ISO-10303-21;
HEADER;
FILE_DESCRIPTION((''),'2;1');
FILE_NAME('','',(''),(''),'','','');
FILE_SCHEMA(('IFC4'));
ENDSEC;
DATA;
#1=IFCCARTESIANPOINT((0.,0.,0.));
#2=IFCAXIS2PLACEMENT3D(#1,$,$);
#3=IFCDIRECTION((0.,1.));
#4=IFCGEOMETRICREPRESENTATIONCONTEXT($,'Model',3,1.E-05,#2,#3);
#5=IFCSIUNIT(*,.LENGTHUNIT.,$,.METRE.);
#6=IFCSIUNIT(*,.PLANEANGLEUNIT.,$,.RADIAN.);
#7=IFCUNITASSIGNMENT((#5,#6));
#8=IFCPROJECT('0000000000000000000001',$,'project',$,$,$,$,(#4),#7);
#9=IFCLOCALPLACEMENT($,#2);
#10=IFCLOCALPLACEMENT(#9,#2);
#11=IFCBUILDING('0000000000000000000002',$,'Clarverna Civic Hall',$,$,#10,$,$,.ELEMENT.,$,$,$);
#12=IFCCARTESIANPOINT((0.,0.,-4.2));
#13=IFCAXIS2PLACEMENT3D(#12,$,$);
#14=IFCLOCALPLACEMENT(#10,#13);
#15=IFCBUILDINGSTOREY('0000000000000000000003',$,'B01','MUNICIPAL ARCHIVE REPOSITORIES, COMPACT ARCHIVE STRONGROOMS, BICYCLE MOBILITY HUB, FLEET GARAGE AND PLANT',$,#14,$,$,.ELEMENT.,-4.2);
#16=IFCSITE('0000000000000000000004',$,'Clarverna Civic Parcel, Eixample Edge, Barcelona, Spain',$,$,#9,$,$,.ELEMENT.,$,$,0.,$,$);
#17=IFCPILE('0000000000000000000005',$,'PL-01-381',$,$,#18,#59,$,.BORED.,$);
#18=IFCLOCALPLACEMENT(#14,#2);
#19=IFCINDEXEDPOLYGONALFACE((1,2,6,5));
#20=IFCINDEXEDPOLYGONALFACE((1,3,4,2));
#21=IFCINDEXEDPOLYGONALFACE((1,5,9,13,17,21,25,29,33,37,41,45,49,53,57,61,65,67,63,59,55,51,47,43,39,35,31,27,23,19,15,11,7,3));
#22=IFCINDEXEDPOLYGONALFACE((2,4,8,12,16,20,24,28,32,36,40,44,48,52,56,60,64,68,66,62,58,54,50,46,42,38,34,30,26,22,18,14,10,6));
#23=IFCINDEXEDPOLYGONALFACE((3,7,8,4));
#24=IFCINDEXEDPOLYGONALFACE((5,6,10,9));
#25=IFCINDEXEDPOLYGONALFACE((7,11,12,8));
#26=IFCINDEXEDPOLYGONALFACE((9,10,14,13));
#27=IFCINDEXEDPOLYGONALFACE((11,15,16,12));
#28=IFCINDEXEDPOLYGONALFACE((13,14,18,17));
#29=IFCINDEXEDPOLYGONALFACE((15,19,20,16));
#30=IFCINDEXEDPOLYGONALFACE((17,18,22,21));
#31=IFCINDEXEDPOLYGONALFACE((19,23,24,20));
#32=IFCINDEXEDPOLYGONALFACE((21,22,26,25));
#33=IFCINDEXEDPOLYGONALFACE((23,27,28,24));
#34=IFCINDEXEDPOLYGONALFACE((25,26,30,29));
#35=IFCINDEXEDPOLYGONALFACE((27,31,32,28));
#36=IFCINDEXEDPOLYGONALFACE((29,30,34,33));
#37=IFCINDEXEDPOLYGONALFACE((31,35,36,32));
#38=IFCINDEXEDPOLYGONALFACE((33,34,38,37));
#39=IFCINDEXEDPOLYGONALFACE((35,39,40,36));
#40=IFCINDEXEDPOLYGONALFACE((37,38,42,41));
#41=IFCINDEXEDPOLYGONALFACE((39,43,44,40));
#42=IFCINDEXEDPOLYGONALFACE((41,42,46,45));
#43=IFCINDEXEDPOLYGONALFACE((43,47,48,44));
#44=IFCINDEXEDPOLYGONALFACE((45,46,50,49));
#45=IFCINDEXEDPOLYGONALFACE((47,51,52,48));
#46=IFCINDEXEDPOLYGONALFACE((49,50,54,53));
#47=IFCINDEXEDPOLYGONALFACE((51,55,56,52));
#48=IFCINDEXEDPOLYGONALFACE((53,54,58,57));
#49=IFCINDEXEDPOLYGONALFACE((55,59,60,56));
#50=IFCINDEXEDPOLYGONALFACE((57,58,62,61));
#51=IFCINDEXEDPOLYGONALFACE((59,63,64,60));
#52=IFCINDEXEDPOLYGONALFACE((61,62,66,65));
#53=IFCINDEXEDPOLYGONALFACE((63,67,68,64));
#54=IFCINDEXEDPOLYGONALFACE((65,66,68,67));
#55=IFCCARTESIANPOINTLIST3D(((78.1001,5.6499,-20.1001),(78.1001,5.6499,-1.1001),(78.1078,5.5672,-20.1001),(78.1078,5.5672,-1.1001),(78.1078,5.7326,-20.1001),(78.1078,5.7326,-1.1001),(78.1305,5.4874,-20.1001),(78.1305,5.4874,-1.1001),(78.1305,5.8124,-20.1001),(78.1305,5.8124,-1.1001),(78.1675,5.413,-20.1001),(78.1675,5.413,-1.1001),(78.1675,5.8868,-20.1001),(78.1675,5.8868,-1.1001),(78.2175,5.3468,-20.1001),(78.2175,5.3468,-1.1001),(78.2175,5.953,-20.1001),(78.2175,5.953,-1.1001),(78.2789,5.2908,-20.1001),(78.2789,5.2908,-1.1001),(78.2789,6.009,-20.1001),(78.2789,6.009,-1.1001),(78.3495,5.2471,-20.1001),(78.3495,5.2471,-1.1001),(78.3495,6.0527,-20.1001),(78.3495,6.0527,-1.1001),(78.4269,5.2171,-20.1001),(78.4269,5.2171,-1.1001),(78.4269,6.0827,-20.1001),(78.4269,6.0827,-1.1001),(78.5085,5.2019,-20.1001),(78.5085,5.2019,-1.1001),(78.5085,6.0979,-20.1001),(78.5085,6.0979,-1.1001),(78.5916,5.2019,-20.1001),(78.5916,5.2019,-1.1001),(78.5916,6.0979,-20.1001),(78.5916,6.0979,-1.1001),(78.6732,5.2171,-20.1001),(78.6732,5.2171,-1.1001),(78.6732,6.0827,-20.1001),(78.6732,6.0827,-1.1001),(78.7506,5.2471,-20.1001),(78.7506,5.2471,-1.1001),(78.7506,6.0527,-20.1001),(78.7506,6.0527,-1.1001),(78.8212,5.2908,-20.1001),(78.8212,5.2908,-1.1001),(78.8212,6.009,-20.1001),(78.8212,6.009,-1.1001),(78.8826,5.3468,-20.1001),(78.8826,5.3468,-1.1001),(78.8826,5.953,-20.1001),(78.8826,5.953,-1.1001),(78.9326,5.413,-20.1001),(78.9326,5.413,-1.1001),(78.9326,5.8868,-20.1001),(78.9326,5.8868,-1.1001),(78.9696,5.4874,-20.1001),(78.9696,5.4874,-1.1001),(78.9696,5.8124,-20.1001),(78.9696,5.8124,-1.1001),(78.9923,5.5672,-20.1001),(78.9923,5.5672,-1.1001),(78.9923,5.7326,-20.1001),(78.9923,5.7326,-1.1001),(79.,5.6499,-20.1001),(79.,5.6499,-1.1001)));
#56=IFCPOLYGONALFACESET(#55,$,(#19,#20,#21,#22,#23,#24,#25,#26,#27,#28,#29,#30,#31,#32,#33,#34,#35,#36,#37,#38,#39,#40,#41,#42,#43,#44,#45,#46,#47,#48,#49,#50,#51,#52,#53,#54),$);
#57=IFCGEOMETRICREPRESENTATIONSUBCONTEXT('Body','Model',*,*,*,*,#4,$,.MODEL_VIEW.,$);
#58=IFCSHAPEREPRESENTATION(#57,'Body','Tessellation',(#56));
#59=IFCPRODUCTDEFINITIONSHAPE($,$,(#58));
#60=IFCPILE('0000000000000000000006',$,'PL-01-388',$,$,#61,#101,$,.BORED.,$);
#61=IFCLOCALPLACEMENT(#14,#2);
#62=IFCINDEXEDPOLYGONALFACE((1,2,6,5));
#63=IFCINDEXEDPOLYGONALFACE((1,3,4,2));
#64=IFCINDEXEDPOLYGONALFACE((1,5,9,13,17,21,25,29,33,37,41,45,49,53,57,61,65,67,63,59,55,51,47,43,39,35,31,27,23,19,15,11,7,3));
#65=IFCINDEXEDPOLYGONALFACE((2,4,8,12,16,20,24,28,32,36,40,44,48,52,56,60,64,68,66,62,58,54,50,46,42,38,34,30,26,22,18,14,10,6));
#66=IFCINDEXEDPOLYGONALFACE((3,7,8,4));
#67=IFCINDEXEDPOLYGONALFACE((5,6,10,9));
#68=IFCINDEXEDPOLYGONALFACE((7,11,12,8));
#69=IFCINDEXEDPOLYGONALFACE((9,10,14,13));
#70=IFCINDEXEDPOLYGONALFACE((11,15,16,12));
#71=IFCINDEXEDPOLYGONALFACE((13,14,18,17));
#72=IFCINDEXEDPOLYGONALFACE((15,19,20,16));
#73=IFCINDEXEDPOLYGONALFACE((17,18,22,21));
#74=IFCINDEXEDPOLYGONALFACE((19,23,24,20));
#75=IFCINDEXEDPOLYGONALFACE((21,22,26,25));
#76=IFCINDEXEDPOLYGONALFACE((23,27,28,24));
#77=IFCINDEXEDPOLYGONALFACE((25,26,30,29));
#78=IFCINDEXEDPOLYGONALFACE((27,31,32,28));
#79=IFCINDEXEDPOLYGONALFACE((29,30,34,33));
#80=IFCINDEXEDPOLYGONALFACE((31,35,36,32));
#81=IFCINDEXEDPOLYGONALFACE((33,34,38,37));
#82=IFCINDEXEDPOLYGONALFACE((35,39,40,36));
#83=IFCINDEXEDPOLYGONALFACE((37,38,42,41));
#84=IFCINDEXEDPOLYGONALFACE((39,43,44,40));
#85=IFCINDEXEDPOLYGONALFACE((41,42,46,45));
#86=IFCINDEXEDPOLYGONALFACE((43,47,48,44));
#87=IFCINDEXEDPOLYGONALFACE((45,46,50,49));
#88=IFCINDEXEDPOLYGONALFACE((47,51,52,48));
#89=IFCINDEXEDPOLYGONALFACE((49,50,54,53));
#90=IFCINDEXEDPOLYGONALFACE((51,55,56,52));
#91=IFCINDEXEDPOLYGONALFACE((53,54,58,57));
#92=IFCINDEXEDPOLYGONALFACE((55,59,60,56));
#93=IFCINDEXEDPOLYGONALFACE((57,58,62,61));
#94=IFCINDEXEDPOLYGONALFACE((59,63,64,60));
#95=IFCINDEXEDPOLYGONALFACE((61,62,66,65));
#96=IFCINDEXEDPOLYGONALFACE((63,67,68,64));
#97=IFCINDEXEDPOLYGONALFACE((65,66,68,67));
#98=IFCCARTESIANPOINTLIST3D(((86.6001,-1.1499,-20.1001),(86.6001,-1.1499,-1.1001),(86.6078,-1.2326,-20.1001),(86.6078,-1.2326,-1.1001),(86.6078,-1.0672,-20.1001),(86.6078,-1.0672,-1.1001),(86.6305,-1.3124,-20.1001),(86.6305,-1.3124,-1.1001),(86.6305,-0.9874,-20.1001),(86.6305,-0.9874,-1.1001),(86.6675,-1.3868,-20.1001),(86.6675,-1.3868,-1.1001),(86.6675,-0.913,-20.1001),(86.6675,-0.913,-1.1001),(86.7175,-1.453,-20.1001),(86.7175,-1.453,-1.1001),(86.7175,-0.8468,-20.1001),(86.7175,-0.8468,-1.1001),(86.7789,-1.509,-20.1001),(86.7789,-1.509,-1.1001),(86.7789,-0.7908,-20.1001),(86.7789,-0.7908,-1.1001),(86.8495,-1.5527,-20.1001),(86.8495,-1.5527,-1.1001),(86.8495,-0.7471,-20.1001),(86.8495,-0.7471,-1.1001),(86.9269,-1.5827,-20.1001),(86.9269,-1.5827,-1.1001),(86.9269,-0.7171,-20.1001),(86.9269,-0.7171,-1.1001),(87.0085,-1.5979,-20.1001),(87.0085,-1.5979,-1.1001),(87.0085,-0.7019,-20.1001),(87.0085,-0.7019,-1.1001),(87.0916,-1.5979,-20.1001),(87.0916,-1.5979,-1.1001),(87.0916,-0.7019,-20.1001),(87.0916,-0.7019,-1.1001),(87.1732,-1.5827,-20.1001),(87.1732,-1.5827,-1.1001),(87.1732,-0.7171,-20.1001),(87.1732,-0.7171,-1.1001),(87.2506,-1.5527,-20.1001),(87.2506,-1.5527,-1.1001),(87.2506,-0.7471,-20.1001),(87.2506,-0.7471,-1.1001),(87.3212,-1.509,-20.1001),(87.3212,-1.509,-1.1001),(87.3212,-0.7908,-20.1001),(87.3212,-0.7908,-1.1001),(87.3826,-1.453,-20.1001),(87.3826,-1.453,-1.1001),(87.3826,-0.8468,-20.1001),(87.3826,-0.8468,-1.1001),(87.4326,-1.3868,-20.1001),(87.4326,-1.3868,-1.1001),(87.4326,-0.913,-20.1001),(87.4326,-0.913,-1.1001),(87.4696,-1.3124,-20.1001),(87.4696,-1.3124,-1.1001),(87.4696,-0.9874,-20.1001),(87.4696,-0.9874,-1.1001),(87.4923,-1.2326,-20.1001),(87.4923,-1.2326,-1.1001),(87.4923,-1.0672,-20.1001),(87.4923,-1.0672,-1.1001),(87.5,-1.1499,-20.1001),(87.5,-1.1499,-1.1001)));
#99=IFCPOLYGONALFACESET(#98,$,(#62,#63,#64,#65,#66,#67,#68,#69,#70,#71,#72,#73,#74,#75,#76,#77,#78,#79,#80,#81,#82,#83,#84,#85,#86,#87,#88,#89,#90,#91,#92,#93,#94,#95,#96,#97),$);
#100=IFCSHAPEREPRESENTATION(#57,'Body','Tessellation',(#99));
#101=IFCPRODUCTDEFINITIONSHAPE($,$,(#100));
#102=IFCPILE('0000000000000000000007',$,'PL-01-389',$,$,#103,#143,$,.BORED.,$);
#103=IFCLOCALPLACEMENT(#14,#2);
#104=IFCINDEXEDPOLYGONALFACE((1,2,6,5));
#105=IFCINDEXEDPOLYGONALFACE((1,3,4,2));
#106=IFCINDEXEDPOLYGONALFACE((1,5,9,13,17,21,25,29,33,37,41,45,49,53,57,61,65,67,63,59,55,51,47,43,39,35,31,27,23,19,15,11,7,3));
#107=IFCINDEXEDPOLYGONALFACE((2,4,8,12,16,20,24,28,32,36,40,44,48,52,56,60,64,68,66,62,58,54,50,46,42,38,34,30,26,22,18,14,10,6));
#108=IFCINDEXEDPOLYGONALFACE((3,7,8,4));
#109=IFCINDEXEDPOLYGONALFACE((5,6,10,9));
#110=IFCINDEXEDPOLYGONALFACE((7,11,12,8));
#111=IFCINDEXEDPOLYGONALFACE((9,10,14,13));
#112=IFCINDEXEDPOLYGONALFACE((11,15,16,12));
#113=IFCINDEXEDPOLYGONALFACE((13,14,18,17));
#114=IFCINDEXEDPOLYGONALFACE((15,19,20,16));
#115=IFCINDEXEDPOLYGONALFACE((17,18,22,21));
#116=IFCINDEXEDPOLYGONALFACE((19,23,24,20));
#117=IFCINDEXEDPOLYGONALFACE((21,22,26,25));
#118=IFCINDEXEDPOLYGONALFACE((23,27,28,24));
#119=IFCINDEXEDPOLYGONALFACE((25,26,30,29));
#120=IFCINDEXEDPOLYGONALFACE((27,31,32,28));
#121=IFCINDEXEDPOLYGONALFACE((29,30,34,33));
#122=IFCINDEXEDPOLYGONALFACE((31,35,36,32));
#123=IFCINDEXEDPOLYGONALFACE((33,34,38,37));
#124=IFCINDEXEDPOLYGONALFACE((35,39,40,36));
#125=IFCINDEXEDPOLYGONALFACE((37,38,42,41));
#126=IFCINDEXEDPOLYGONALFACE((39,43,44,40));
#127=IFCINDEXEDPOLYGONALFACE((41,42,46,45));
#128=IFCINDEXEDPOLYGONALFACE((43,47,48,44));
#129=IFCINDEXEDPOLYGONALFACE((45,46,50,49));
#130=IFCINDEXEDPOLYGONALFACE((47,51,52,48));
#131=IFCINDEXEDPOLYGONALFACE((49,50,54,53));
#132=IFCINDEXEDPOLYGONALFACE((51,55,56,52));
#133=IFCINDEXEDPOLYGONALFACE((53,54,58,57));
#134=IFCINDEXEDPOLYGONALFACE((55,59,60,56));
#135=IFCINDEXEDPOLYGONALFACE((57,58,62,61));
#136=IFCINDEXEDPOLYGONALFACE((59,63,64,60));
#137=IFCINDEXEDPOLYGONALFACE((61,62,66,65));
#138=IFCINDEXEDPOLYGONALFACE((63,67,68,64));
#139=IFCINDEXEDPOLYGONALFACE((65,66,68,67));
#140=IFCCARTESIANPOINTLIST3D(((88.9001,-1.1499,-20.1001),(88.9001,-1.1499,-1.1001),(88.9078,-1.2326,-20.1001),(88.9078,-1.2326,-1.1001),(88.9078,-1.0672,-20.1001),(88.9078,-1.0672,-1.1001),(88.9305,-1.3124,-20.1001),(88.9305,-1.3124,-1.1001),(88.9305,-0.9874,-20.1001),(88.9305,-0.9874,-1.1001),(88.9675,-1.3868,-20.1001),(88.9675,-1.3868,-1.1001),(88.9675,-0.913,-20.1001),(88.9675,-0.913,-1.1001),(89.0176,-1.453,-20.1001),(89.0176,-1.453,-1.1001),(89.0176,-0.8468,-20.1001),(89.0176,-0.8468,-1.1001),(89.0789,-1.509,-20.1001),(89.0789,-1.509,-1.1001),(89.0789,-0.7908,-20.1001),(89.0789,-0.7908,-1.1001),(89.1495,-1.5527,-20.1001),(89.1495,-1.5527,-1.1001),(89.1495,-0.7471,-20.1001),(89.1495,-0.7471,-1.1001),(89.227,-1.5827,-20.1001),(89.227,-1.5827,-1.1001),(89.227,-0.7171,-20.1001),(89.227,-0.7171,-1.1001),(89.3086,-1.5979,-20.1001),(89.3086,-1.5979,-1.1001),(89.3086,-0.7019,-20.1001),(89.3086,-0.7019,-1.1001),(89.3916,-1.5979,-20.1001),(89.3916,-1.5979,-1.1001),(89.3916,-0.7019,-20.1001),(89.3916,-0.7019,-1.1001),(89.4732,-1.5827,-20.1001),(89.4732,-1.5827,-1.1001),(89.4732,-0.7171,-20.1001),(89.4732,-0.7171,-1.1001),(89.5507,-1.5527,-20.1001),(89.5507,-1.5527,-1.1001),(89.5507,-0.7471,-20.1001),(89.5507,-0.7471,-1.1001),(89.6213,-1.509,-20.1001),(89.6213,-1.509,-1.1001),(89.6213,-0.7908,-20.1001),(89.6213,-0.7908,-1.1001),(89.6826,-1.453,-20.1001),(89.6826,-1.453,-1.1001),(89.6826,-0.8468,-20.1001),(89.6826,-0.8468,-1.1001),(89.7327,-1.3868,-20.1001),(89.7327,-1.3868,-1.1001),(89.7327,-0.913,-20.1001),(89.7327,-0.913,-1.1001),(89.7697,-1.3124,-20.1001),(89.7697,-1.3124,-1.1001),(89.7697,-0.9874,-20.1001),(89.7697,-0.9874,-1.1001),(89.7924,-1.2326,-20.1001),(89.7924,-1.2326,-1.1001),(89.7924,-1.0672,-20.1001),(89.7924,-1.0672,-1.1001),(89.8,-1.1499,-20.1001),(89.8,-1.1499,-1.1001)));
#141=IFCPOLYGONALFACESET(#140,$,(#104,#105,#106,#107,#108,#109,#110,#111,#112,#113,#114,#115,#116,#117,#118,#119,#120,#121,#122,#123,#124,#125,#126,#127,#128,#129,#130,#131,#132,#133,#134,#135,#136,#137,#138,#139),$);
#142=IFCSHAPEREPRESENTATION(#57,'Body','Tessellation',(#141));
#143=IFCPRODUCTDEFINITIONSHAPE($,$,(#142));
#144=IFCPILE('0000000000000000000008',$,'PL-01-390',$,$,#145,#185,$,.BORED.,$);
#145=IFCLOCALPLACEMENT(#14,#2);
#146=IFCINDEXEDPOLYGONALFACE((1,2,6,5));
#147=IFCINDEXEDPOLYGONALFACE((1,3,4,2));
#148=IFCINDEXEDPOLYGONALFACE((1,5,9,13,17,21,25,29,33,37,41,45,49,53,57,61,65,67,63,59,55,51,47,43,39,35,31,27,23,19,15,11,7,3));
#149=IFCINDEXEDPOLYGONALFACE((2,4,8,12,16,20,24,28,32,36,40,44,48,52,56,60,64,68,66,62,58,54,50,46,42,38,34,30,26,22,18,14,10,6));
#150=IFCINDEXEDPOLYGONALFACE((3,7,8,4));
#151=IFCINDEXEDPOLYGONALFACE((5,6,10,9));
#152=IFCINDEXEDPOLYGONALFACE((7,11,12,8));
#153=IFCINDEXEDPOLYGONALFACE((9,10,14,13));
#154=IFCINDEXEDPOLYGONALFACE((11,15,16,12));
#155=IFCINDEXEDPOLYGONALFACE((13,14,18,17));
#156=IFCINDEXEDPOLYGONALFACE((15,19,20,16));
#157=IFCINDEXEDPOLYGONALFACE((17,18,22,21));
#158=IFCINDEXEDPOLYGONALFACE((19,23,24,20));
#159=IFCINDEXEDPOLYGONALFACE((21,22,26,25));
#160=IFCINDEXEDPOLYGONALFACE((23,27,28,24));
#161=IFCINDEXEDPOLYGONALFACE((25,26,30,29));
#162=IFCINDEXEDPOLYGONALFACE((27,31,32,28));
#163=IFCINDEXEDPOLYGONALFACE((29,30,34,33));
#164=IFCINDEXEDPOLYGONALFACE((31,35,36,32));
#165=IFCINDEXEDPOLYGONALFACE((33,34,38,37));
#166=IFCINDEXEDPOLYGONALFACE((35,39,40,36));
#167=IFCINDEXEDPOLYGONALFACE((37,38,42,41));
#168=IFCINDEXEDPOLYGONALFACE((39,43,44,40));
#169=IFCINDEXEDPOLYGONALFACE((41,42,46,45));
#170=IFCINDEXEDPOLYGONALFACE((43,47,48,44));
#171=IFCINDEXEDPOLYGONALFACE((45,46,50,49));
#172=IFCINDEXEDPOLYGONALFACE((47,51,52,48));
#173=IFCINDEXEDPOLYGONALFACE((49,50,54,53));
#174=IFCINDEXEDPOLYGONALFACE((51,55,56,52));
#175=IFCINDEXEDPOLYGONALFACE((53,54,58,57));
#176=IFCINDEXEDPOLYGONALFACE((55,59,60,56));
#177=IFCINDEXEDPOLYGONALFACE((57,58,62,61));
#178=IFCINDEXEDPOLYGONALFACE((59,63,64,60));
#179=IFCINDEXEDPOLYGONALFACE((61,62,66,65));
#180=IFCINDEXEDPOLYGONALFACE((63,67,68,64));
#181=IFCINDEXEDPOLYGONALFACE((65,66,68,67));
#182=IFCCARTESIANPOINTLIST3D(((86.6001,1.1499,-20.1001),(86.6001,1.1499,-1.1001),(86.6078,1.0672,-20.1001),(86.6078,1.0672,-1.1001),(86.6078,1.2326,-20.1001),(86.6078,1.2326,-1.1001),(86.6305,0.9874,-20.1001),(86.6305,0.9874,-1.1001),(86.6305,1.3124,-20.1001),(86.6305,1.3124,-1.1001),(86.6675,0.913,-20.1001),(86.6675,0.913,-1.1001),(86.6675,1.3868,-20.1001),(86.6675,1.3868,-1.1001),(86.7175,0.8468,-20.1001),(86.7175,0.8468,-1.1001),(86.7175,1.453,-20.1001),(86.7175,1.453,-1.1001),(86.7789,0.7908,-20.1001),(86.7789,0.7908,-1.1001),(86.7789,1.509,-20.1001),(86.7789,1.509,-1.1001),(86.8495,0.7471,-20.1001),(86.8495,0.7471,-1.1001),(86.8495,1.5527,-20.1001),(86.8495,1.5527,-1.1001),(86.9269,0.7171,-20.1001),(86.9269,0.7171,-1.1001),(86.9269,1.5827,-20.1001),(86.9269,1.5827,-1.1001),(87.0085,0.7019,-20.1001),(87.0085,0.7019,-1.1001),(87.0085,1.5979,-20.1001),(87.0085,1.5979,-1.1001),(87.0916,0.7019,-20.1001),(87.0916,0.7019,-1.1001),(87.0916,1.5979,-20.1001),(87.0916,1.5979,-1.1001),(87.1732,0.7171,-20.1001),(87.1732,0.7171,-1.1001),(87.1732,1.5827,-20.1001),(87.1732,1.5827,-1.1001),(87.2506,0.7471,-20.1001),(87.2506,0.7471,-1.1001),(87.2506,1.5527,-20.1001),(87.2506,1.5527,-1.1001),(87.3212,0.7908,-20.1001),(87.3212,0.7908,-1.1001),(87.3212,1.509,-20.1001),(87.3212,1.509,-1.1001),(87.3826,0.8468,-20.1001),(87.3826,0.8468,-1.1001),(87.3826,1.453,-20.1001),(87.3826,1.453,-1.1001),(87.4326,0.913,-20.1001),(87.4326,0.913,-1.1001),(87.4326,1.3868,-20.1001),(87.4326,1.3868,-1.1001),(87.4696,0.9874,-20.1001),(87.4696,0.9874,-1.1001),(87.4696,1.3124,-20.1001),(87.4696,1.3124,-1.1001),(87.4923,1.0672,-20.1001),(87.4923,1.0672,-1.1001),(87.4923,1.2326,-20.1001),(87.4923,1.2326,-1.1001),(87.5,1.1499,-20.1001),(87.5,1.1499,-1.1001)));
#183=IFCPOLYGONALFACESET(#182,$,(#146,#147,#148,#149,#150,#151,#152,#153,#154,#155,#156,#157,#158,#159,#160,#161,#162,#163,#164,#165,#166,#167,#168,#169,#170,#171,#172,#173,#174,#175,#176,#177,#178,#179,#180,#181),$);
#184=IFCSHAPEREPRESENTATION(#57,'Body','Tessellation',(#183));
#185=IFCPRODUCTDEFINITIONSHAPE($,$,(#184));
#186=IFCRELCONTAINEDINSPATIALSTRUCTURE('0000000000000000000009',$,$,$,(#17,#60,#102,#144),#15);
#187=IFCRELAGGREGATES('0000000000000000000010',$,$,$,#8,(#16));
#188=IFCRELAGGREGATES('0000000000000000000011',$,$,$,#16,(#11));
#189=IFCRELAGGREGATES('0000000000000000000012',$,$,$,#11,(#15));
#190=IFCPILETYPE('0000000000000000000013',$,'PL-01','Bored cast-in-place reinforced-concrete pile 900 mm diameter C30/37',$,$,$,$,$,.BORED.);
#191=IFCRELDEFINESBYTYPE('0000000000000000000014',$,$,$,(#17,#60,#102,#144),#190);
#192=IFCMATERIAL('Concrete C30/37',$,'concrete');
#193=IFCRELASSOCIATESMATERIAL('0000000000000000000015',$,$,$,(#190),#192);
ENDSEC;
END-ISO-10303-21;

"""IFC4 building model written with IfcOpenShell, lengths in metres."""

from ifc_helpers import new_model, si_unit, direction, frame, origin, origin_2d, place, context, subcontext, project, spatial, circle, extrude, material, material_profile, profile_set, type_object, element, save


model = new_model("IFC4")

# Units and contexts
model_context = context("Model", 3, precision=1e-05, world=origin(), true_north=direction((0.0, 1.0)))
body_context = subcontext(model_context, "Body", "Model", "MODEL_VIEW")
ifc_project = project(units=[si_unit("LENGTHUNIT", "METRE"), si_unit("PLANEANGLEUNIT", "RADIAN")], contexts=[model_context])

# Site, building, storey
site_placement = place(None, origin())
site = spatial("IfcSite", under=ifc_project, at=site_placement, Name="Clarverna Civic Parcel, Eixample Edge, Barcelona, Spain", CompositionType="ELEMENT", RefElevation=0.0)
building_placement = place(site_placement, origin())
building = spatial("IfcBuilding", under=site, at=building_placement, Name="Clarverna Civic Hall", CompositionType="ELEMENT")
storey_placement = place(building_placement, frame((0.0, 0.0, -4.2)))
storey = spatial("IfcBuildingStorey", under=building, at=storey_placement, Name="B01", Description="MUNICIPAL ARCHIVE REPOSITORIES, COMPACT ARCHIVE STRONGROOMS, BICYCLE MOBILITY HUB, FLEET GARAGE AND PLANT", CompositionType="ELEMENT", Elevation=-4.2)

# Shared definitions
ifc_material_1 = material(Name="Concrete C30/37", Category="concrete")

# Piles
ifc_material_profile_1 = material_profile(ifc_material_1, circle(Radius=0.45, at=origin_2d()), Name="BORED PILE D900")
ifc_profile_set_1 = profile_set([ifc_material_profile_1], Name="Concrete C30/37")
pile_type = type_object("IfcPileType", Name="PL-01", Description="Bored cast-in-place reinforced-concrete pile 900 mm diameter C30/37", PredefinedType="BORED", material=ifc_profile_set_1)
for number, where, z_axis, x_axis, name in (
    (1, (78.55, 5.6499, -1.1001), (0.0, 0.0, -1.0), (1.0, 0.0, 0.0), "PL-01-381"),
    (2, (87.05, -1.1499, -1.1001), (0.0, 0.0, -1.0), (1.0, 0.0, 0.0), "PL-01-388"),
    (3, (89.3501, -1.1499, -1.1001), (0.0, 0.0, -1.0), (1.0, 0.0, 0.0), "PL-01-389"),
    (4, (87.05, 1.1499, -1.1001), (0.0, 0.0, -1.0), (1.0, 0.0, 0.0), "PL-01-390"),
):
    element("IfcPile", number, at=place(storey_placement, frame(where, z_axis=z_axis, x_axis=x_axis)), inside=storey, type_object=pile_type, Name=name, PredefinedType="BORED", context=body_context, shape_type="SweptSolid", body=[
        extrude(circle(Radius=0.45, at=origin_2d()), origin(), (0.0, 0.0, 1.0), 19.0),
    ])

save(model, "model.ifc")
